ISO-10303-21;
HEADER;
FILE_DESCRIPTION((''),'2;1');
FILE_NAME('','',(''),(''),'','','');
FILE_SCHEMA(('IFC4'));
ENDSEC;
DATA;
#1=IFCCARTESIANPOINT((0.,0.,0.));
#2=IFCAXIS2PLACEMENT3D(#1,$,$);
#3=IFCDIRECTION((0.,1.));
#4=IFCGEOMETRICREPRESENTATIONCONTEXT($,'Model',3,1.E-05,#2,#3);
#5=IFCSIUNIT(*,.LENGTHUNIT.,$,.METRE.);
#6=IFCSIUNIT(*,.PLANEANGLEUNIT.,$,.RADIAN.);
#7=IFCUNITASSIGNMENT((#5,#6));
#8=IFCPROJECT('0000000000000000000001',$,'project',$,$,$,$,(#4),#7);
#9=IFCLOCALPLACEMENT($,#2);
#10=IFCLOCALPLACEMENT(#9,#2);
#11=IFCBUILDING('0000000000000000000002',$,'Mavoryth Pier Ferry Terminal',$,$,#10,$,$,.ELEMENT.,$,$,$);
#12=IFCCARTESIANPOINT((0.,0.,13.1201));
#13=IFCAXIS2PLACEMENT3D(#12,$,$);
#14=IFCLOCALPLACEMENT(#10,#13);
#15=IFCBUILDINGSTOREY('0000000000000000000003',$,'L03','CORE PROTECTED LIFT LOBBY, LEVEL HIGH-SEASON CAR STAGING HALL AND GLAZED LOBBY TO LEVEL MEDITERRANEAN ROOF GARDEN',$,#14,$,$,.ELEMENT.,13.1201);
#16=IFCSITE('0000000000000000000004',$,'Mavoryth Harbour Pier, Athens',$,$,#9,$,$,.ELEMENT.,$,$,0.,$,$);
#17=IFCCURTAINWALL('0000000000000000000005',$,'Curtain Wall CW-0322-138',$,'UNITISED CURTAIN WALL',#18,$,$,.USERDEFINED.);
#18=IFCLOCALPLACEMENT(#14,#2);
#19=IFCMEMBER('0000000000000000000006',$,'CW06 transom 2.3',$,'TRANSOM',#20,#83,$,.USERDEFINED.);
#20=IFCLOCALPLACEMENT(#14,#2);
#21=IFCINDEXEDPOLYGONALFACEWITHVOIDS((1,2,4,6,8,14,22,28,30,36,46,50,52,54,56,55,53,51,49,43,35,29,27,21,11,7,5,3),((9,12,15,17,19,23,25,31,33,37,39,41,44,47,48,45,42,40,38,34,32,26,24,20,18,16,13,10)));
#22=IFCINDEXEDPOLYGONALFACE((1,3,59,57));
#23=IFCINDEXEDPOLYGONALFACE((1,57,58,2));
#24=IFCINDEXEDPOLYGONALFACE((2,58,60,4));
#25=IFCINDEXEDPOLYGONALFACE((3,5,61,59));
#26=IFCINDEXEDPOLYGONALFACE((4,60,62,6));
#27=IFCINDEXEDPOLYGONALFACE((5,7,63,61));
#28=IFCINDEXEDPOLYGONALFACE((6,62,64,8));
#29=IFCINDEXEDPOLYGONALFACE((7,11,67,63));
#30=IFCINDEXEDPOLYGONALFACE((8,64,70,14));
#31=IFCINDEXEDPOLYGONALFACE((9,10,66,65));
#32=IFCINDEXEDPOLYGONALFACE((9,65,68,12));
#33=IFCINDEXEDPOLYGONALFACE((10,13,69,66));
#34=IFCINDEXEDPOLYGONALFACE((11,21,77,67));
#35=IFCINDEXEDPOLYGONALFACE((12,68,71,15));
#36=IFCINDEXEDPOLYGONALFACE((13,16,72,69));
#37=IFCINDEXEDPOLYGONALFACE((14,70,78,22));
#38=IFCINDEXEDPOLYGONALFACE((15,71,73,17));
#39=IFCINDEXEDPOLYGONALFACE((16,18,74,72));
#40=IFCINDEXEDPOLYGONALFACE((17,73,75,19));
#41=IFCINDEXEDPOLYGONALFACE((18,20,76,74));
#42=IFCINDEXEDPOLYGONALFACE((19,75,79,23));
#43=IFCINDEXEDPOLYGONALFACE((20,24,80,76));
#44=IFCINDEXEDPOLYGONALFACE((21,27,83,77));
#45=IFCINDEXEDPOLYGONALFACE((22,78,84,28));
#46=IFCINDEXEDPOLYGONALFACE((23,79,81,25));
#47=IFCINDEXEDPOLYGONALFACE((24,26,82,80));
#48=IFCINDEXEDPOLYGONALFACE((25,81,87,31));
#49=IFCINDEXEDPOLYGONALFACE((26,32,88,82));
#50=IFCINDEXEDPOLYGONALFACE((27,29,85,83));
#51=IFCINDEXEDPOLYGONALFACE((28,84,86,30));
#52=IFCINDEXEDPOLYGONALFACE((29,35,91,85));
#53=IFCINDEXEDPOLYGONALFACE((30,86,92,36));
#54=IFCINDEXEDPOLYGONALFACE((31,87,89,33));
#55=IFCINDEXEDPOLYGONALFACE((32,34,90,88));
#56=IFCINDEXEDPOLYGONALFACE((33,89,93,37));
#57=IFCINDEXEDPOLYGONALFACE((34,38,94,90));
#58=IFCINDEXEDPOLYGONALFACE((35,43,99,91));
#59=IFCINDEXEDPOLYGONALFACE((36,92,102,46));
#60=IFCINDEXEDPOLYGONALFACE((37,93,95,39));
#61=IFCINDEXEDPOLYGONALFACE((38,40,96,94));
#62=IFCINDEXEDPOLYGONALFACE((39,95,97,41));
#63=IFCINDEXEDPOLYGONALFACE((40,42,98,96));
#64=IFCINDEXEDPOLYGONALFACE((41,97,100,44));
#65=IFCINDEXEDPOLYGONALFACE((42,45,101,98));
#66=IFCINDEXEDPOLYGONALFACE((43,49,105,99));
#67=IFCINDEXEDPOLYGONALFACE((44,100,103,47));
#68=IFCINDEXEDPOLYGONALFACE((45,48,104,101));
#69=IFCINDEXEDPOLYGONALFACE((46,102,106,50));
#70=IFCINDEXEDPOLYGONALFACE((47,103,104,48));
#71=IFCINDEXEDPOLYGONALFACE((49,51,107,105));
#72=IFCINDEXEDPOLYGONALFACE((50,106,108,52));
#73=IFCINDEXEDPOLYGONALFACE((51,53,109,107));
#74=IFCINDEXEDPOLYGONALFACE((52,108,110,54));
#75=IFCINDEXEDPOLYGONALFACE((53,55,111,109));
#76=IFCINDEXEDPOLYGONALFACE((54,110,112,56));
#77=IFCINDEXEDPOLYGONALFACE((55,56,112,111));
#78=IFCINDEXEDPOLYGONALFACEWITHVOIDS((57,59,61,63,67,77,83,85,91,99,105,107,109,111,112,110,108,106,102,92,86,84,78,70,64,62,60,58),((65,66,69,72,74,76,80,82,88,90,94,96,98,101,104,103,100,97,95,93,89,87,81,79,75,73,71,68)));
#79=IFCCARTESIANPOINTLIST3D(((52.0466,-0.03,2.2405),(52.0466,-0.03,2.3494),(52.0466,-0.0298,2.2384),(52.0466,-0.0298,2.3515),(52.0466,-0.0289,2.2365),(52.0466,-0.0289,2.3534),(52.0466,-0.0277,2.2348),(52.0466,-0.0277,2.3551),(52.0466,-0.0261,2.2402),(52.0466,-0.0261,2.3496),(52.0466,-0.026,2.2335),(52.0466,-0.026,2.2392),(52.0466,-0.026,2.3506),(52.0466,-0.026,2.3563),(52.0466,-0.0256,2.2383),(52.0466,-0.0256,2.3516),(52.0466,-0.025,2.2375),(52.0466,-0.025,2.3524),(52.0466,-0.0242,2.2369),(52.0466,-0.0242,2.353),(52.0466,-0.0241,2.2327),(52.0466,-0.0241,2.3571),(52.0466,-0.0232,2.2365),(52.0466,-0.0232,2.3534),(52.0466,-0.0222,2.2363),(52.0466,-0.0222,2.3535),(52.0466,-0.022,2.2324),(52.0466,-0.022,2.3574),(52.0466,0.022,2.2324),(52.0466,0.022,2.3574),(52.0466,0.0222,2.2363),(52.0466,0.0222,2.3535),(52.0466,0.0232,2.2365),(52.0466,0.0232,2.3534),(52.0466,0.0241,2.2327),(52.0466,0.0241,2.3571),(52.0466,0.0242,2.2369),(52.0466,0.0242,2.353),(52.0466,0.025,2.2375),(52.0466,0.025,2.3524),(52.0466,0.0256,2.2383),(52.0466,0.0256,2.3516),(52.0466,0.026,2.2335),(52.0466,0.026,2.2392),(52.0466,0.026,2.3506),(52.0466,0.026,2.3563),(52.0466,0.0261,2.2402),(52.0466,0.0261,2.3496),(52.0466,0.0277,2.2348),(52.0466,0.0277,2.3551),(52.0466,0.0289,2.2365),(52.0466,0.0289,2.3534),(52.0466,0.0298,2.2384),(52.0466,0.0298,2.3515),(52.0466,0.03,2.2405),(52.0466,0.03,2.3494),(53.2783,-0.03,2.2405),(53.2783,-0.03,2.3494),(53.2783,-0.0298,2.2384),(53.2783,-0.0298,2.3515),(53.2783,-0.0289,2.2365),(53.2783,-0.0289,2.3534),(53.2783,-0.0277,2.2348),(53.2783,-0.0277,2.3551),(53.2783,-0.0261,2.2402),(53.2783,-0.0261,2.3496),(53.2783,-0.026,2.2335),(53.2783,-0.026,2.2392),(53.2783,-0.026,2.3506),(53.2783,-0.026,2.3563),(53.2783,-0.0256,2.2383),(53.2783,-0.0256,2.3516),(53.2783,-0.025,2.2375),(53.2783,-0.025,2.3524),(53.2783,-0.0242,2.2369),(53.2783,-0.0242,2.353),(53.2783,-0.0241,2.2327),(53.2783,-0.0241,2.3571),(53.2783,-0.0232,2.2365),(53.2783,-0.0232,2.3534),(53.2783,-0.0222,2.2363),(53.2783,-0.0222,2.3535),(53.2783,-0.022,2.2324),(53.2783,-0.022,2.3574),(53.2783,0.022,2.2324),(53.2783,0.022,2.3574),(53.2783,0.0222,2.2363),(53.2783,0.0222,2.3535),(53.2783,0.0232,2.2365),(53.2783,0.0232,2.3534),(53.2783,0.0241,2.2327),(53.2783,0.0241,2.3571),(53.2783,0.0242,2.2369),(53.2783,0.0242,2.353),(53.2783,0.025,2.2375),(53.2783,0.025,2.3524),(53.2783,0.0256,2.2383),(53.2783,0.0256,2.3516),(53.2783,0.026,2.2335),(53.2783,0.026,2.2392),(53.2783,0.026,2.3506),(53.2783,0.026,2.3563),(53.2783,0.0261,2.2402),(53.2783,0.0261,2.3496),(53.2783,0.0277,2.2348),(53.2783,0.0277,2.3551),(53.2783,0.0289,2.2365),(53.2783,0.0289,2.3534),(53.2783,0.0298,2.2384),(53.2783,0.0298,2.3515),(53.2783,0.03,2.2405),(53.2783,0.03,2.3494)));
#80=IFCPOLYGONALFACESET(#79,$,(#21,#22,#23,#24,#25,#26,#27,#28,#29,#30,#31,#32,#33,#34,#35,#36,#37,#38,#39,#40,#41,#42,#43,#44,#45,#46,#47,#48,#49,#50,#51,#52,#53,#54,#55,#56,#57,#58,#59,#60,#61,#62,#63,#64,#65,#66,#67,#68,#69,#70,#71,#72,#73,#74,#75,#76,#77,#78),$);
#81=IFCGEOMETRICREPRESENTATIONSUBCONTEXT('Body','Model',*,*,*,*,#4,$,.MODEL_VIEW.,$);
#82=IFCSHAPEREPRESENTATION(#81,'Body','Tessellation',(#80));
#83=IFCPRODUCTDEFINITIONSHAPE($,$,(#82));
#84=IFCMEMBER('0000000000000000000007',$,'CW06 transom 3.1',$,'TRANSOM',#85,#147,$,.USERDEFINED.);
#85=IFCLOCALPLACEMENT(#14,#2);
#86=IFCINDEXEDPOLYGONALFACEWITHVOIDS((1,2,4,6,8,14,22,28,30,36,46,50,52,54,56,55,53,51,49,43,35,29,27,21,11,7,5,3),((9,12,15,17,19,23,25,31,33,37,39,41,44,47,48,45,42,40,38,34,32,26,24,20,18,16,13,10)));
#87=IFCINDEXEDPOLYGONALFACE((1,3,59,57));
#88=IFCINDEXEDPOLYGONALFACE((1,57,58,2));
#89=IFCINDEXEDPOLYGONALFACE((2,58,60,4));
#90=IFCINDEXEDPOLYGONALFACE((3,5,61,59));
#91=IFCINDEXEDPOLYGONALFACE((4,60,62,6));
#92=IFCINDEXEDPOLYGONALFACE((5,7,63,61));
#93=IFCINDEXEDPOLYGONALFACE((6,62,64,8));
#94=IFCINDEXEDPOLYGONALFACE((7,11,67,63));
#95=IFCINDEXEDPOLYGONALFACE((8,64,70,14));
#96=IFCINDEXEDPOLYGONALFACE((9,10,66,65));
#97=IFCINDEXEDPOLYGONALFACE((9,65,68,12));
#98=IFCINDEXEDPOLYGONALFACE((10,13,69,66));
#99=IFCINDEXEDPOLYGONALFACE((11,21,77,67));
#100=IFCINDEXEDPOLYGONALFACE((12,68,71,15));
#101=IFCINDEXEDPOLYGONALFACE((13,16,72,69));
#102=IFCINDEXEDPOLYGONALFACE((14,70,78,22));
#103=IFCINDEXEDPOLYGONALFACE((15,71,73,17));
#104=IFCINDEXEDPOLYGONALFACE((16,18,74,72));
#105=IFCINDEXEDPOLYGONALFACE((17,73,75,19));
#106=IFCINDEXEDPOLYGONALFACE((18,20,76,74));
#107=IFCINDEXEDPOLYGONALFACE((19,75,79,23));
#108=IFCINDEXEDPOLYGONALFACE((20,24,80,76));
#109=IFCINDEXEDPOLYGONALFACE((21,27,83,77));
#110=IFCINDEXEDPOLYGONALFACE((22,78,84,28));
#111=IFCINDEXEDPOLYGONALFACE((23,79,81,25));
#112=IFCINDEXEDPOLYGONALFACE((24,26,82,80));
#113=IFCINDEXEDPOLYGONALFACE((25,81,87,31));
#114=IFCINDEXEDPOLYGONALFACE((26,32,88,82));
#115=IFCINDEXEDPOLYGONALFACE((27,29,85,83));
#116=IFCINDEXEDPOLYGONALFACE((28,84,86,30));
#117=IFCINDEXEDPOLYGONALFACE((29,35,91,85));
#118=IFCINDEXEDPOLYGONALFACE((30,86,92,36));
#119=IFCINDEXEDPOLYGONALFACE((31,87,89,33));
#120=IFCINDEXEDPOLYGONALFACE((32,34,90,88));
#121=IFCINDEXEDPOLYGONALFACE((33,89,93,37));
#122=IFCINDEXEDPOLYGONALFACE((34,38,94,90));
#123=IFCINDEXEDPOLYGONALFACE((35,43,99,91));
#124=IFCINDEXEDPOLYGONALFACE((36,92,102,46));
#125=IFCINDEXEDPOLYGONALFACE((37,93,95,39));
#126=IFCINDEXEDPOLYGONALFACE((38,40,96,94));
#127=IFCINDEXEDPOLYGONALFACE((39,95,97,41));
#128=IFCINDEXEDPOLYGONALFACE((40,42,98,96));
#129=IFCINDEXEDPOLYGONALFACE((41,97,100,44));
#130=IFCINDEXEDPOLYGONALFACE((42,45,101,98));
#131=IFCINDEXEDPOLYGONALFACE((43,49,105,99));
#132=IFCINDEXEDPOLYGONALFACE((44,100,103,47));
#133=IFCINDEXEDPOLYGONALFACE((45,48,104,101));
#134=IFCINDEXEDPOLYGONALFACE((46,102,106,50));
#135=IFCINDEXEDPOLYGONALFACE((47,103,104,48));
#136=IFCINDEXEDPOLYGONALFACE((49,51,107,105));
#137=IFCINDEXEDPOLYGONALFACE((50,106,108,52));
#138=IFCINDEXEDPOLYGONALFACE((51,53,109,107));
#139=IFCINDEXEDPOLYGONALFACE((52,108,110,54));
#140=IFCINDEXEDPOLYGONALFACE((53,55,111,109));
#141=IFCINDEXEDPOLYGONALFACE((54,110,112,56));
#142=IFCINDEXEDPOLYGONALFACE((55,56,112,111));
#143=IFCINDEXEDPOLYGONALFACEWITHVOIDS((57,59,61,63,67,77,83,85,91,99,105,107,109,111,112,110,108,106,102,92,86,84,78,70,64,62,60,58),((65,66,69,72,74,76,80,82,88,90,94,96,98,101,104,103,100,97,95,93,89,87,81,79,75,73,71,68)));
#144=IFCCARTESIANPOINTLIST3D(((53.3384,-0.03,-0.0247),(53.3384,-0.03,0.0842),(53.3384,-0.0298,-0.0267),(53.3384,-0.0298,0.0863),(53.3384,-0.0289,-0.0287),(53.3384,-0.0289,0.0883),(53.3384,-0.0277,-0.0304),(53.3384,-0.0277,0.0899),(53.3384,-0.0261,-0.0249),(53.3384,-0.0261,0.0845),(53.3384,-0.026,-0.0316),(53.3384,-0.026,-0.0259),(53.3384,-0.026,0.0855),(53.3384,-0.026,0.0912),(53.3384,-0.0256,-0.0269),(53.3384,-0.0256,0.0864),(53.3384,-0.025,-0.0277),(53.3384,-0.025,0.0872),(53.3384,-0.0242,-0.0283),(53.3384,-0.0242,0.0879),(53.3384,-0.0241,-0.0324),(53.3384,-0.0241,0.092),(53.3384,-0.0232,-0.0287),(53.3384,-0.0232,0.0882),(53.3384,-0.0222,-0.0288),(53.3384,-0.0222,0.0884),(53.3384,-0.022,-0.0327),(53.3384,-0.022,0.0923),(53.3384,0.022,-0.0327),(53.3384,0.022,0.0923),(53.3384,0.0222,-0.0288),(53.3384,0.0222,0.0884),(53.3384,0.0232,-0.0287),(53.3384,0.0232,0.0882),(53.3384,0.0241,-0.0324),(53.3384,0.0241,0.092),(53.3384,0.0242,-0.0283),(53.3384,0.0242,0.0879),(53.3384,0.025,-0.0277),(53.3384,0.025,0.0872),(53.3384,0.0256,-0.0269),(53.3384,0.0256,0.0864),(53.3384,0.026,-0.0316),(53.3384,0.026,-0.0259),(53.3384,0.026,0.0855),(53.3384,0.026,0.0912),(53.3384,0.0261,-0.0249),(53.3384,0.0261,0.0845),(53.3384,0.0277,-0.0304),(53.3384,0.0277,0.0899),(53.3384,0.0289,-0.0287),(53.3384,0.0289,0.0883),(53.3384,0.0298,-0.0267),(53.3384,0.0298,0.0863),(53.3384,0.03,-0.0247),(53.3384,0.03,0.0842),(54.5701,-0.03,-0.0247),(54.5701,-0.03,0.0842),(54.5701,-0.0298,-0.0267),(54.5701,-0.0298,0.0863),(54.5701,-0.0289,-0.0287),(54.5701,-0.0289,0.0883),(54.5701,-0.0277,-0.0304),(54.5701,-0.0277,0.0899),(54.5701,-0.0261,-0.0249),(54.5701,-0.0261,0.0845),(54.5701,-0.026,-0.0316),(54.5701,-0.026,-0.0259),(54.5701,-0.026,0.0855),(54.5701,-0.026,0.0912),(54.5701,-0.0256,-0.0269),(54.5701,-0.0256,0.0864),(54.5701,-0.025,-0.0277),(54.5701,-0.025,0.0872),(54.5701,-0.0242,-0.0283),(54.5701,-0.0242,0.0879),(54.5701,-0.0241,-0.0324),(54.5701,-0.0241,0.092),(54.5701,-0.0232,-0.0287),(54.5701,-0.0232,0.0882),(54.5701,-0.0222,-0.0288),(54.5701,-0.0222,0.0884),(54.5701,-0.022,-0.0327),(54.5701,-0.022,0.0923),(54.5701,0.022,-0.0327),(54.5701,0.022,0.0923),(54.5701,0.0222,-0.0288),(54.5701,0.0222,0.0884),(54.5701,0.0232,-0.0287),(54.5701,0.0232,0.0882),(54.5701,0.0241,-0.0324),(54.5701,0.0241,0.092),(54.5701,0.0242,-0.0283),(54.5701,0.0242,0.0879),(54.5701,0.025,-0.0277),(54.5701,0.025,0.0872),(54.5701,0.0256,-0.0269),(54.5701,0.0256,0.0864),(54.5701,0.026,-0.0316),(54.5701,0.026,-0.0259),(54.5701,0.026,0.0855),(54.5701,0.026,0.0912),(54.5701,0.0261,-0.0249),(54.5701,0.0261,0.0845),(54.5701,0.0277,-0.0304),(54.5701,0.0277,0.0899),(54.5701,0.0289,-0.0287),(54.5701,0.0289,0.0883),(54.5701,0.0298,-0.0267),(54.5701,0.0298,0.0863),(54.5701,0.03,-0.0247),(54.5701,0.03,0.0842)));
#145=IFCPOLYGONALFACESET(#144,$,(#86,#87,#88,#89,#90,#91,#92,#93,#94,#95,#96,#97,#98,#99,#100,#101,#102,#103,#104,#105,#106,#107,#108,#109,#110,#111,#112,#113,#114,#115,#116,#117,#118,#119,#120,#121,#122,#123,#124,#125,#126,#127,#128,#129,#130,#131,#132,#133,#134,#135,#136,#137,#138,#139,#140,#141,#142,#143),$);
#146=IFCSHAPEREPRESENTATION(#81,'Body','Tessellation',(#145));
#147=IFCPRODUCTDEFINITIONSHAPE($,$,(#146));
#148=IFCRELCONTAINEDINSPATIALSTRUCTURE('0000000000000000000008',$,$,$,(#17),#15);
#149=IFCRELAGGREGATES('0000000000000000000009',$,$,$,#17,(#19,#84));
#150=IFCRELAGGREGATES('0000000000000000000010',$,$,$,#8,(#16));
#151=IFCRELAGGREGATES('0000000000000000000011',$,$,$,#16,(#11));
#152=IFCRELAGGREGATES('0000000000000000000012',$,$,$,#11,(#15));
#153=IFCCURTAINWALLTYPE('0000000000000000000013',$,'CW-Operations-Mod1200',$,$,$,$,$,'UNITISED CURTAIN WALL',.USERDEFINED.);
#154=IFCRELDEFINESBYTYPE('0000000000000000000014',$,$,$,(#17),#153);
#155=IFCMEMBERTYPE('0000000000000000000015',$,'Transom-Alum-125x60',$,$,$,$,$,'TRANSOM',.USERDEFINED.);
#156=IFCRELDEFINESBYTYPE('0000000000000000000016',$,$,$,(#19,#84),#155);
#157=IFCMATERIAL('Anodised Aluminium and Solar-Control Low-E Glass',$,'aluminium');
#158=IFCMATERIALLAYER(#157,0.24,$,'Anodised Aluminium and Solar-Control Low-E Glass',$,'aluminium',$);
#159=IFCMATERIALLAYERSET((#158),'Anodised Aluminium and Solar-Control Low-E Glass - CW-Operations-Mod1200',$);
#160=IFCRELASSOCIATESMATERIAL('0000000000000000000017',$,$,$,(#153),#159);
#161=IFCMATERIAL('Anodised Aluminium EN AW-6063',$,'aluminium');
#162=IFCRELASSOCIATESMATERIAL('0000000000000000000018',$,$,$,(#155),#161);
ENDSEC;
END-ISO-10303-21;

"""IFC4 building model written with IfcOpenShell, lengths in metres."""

from ifc_helpers import new_model, si_unit, direction, frame, origin, origin_2d, place, context, subcontext, project, spatial, hollow_rectangle, extrude, material, layer, layer_set, material_profile, profile_set, type_object, element, aggregate, save


model = new_model("IFC4")

# Units and contexts
model_context = context("Model", 3, precision=1e-05, world=origin(), true_north=direction((0.0, 1.0)))
body_context = subcontext(model_context, "Body", "Model", "MODEL_VIEW")
ifc_project = project(units=[si_unit("LENGTHUNIT", "METRE"), si_unit("PLANEANGLEUNIT", "RADIAN")], contexts=[model_context])

# Site, building, storey
site_placement = place(None, origin())
site = spatial("IfcSite", under=ifc_project, at=site_placement, Name="Mavoryth Harbour Pier, Athens", CompositionType="ELEMENT", RefElevation=0.0)
building_placement = place(site_placement, origin())
building = spatial("IfcBuilding", under=site, at=building_placement, Name="Mavoryth Pier Ferry Terminal", CompositionType="ELEMENT")
storey_placement = place(building_placement, frame((0.0, 0.0, 13.1201)))
storey = spatial("IfcBuildingStorey", under=building, at=storey_placement, Name="L03", Description="CORE PROTECTED LIFT LOBBY, LEVEL HIGH-SEASON CAR STAGING HALL AND GLAZED LOBBY TO LEVEL MEDITERRANEAN ROOF GARDEN", CompositionType="ELEMENT", Elevation=13.1201)

# Curtain wall, members
ifc_material_1 = material(Name="Anodised Aluminium and Solar-Control Low-E Glass", Category="aluminium")
ifc_layer_1 = layer(ifc_material_1, 0.24, Name="Anodised Aluminium and Solar-Control Low-E Glass", Category="aluminium")
ifc_layer_set_1 = layer_set([ifc_layer_1], Name="Anodised Aluminium and Solar-Control Low-E Glass - CW-Operations-Mod1200")
curtain_wall_type = type_object("IfcCurtainWallType", Name="CW-Operations-Mod1200", ElementType="UNITISED CURTAIN WALL", PredefinedType="USERDEFINED", material=ifc_layer_set_1)
curtain_wall_placement = place(storey_placement, origin())
curtain_wall = element("IfcCurtainWall", 1, at=curtain_wall_placement, inside=storey, type_object=curtain_wall_type, Name="Curtain Wall CW-0322-138", ObjectType="UNITISED CURTAIN WALL", PredefinedType="USERDEFINED")
ifc_material_2 = material(Name="Anodised Aluminium EN AW-6063", Category="aluminium")
ifc_material_profile_1 = material_profile(ifc_material_2, hollow_rectangle(XDim=0.0601, YDim=0.125, WallThickness=0.0039, InnerFilletRadius=0.0039, OuterFilletRadius=0.0081, at=origin_2d()), Name="AL-TRAN 125x60x4", Category="aluminium")
ifc_profile_set_1 = profile_set([ifc_material_profile_1], Name="Anodised Aluminium EN AW-6063 - AL-TRAN 125x60x4")
member_type_1 = type_object("IfcMemberType", Name="Transom-Alum-125x60", ElementType="TRANSOM", PredefinedType="USERDEFINED", material=ifc_profile_set_1)
member_1_placement = place(storey_placement, frame((52.0466, 0.0, 2.2949), z_axis=(1.0, 0.0, 0.0), x_axis=(0.0, 1.0, 0.0)))
member_1 = element("IfcMember", 2, at=member_1_placement, type_object=member_type_1, Name="CW06 transom 2.3", ObjectType="TRANSOM", PredefinedType="USERDEFINED", context=body_context, shape_type="SweptSolid", body=[
    extrude(hollow_rectangle(XDim=0.0601, YDim=0.125, WallThickness=0.0039, InnerFilletRadius=0.0039, OuterFilletRadius=0.0081, at=origin_2d()), origin(), (0.0, 0.0, 1.0), 1.2317),
])
member_2_placement = place(storey_placement, frame((53.3384, 0.0, 0.0298), z_axis=(1.0, 0.0, 0.0), x_axis=(0.0, 1.0, 0.0)))
member_2 = element("IfcMember", 3, at=member_2_placement, type_object=member_type_1, Name="CW06 transom 3.1", ObjectType="TRANSOM", PredefinedType="USERDEFINED", context=body_context, shape_type="SweptSolid", body=[
    extrude(hollow_rectangle(XDim=0.0601, YDim=0.125, WallThickness=0.0039, InnerFilletRadius=0.0039, OuterFilletRadius=0.0081, at=origin_2d()), origin(), (0.0, 0.0, 1.0), 1.2317),
])
aggregate(curtain_wall, [member_1, member_2])

save(model, "model.ifc")
